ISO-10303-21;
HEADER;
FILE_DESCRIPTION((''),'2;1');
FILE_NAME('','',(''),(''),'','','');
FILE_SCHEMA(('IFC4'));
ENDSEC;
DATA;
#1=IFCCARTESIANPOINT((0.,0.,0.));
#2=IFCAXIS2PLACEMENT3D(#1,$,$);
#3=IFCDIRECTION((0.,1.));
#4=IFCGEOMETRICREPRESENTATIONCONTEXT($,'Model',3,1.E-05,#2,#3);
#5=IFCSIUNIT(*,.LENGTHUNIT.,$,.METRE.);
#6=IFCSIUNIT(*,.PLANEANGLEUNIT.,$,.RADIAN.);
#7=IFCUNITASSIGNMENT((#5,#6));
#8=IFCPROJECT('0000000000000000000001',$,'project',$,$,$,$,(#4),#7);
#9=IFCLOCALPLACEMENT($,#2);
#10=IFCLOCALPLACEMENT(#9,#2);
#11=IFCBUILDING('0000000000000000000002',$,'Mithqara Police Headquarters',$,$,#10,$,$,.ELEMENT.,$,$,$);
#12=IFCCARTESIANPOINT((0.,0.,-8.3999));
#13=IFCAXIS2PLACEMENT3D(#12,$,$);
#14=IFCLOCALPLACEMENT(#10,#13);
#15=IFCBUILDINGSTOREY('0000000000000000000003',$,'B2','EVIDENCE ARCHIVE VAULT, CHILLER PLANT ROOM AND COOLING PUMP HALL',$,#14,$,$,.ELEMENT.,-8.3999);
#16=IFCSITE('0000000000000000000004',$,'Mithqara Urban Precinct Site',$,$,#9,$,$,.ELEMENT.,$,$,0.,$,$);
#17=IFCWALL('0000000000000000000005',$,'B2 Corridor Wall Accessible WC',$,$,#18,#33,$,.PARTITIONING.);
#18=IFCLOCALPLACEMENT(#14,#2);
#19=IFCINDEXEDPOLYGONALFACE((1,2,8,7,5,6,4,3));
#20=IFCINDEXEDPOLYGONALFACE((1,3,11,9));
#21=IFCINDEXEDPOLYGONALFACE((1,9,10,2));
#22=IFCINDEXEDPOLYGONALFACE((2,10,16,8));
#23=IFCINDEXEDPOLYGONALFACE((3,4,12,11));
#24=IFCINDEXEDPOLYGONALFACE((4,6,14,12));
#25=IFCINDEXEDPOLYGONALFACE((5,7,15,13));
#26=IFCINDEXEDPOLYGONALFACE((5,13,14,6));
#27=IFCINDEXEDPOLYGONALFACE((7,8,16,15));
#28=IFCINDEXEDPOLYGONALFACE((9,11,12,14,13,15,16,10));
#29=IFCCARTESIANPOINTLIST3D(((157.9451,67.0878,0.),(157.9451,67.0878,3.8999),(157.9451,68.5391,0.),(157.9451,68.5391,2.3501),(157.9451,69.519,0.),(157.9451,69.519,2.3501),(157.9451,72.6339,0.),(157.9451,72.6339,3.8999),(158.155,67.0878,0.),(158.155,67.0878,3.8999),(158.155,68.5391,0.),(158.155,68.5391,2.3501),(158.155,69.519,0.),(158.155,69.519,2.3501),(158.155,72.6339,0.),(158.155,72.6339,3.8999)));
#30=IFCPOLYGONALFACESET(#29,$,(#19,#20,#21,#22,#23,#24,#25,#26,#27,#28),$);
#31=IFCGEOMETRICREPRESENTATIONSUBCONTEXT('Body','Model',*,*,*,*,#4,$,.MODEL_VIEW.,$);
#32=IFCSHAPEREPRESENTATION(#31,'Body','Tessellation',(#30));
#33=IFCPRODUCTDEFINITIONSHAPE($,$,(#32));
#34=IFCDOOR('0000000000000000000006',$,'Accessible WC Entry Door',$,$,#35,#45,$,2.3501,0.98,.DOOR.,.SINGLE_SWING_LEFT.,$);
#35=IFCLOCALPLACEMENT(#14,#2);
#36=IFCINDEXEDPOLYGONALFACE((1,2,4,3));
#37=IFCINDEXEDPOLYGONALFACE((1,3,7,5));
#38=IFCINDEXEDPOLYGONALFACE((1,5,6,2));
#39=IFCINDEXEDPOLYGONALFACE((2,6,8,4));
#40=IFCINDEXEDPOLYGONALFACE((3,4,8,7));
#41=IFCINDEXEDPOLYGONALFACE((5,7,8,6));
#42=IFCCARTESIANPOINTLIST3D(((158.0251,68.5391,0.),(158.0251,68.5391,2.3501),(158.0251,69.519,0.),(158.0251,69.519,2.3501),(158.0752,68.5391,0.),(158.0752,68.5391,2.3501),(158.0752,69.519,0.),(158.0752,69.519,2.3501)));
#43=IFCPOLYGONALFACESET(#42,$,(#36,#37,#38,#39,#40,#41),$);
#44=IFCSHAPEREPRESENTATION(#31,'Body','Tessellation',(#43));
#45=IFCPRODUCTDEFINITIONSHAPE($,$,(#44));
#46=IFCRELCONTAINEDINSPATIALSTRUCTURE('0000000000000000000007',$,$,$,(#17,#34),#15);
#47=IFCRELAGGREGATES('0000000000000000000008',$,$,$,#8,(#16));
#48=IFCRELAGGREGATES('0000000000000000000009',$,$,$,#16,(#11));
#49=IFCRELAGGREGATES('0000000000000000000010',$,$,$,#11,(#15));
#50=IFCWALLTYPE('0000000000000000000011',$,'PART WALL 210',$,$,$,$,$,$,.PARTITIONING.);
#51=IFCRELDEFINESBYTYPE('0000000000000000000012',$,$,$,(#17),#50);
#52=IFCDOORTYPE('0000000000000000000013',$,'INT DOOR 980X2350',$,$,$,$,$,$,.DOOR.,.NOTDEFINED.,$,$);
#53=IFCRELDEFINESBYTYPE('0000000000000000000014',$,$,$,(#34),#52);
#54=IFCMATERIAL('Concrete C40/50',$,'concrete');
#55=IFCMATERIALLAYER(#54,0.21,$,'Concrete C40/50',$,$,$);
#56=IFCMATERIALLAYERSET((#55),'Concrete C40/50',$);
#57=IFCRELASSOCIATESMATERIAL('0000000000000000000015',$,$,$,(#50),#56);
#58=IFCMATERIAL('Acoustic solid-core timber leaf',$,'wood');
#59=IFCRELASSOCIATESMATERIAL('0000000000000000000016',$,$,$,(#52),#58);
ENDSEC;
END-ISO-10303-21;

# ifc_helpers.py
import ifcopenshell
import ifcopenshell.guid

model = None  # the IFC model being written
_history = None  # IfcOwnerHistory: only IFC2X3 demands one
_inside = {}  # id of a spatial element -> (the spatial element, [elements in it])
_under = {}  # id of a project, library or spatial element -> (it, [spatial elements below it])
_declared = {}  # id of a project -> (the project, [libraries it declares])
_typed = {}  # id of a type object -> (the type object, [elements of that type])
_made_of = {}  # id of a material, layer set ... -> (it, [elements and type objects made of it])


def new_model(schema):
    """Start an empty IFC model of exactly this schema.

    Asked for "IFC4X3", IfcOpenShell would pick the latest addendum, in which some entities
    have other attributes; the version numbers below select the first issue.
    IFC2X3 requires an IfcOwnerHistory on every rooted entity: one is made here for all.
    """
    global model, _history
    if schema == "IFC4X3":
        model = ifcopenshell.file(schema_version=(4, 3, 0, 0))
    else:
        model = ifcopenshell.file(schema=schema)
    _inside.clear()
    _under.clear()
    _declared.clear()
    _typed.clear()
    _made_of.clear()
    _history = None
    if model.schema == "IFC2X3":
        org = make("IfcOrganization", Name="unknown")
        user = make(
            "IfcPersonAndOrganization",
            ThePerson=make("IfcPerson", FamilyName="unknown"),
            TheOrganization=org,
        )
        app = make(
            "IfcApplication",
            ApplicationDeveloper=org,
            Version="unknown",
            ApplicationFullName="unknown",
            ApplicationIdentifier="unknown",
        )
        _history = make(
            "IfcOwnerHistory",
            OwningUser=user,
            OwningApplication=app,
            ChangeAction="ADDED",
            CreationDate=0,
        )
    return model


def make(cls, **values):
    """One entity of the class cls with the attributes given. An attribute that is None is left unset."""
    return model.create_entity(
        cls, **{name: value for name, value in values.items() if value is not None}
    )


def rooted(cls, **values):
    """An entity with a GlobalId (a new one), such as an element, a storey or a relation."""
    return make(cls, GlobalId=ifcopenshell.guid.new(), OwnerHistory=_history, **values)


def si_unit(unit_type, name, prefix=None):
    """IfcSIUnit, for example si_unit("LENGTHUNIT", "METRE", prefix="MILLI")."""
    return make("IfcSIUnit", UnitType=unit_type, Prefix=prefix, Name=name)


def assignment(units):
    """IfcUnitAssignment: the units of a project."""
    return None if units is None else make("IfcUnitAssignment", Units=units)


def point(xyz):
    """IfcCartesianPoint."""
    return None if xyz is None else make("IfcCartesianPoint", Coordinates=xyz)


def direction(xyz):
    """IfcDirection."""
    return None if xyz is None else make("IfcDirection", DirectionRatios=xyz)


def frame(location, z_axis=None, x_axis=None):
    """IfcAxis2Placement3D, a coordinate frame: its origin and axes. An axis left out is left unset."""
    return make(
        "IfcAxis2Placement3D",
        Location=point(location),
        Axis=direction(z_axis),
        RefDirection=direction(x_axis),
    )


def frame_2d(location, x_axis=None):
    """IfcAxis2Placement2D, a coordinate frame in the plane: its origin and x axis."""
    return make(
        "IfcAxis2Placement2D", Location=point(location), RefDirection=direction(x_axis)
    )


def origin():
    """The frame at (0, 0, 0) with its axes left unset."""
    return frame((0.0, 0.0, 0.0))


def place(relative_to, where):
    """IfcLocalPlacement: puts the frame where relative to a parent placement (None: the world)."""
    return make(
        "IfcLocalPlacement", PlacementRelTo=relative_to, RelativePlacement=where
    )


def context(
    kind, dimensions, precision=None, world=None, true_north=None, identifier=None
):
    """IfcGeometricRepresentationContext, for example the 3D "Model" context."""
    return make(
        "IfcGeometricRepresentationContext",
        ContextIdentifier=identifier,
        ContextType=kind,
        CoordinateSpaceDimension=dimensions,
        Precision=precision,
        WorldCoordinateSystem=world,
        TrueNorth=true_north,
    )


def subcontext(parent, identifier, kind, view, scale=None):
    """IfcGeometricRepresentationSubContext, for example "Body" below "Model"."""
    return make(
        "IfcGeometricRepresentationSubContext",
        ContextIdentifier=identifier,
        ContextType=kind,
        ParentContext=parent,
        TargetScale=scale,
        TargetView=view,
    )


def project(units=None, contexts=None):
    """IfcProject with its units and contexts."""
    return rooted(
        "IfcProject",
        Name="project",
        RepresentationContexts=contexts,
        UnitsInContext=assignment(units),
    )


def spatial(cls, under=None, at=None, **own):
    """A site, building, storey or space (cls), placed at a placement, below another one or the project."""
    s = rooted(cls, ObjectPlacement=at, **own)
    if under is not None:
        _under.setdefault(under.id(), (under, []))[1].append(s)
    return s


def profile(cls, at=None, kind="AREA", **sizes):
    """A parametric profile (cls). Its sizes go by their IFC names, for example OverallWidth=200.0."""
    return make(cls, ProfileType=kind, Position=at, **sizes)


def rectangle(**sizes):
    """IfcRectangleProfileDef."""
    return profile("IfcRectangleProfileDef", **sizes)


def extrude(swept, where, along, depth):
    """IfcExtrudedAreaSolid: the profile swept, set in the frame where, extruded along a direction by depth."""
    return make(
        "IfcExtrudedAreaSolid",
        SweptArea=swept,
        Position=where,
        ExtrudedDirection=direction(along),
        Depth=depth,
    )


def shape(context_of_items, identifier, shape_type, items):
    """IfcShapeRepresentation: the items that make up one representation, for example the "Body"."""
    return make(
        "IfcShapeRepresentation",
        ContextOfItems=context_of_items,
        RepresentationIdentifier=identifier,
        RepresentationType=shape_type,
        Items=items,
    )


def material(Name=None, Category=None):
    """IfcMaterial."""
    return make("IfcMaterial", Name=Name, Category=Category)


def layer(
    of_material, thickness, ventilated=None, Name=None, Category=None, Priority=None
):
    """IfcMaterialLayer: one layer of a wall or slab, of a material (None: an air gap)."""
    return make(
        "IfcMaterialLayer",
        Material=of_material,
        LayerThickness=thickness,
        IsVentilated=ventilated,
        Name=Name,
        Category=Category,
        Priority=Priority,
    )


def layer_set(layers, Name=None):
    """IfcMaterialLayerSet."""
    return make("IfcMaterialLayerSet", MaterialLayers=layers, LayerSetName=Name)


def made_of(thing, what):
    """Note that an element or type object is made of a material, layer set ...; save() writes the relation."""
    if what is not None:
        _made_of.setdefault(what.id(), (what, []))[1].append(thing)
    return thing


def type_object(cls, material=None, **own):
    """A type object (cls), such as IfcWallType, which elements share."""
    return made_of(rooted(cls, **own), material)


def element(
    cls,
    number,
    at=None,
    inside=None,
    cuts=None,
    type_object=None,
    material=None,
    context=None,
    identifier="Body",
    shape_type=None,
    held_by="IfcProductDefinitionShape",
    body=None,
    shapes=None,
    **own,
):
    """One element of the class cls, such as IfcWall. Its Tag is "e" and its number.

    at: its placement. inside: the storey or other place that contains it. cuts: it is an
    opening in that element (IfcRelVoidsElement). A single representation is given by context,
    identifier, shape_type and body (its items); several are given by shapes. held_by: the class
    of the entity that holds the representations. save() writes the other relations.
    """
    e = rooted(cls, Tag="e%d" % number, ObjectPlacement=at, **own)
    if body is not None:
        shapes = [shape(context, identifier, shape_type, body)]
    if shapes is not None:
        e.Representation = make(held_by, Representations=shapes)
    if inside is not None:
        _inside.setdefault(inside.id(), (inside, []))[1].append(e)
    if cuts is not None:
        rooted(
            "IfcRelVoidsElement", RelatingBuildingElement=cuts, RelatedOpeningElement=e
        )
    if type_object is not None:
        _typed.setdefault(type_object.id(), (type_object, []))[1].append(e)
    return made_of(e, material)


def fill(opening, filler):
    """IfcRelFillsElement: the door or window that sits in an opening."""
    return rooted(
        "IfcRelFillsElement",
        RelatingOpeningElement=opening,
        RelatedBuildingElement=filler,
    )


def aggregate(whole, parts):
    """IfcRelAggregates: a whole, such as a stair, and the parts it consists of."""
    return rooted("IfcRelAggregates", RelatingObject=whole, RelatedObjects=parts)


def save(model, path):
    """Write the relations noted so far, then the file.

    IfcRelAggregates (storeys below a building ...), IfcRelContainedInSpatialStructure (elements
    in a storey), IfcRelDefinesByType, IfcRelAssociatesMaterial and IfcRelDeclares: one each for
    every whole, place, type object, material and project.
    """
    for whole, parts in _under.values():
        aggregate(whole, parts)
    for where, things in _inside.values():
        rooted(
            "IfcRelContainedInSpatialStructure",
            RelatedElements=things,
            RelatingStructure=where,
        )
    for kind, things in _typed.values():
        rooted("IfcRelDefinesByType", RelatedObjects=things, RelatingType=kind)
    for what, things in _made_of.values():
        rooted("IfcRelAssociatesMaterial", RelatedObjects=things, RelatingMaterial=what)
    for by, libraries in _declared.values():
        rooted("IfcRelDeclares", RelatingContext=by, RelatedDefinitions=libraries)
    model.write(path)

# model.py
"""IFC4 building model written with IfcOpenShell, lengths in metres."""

from ifc_helpers import new_model, si_unit, direction, frame, frame_2d, origin, place, context, subcontext, project, spatial, rectangle, extrude, material, layer, layer_set, type_object, element, fill, save


model = new_model("IFC4")

# Units and contexts
model_context = context("Model", 3, precision=1e-05, world=origin(), true_north=direction((0.0, 1.0)))
body_context = subcontext(model_context, "Body", "Model", "MODEL_VIEW")
ifc_project = project(units=[si_unit("LENGTHUNIT", "METRE"), si_unit("PLANEANGLEUNIT", "RADIAN")], contexts=[model_context])

# Site, building, storey
site_placement = place(None, origin())
site = spatial("IfcSite", under=ifc_project, at=site_placement, Name="Mithqara Urban Precinct Site", CompositionType="ELEMENT", RefElevation=0.0)
building_placement = place(site_placement, origin())
building = spatial("IfcBuilding", under=site, at=building_placement, Name="Mithqara Police Headquarters", CompositionType="ELEMENT")
storey_placement = place(building_placement, frame((0.0, 0.0, -8.3999)))
storey = spatial("IfcBuildingStorey", under=building, at=storey_placement, Name="B2", Description="EVIDENCE ARCHIVE VAULT, CHILLER PLANT ROOM AND COOLING PUMP HALL", CompositionType="ELEMENT", Elevation=-8.3999)

# Shared definitions
ifc_material_1 = material(Name="Concrete C40/50", Category="concrete")

# Shared definitions
ifc_layer = layer(ifc_material_1, 0.21, Name="Concrete C40/50")
ifc_layer_set = layer_set([ifc_layer], Name="Concrete C40/50")
wall_type = type_object("IfcWallType", Name="PART WALL 210", PredefinedType="PARTITIONING", material=ifc_layer_set)
ifc_material_2 = material(Name="Acoustic solid-core timber leaf", Category="wood")

# Wall, opening, door
wall_1_placement = place(storey_placement, frame((158.05, 67.0879, 0.0), z_axis=(0.0, 0.0, 1.0), x_axis=(0.0, 1.0, 0.0)))
wall_1 = element("IfcWall", 1, at=wall_1_placement, inside=storey, type_object=wall_type, Name="B2 Corridor Wall Accessible WC", PredefinedType="PARTITIONING", context=body_context, shape_type="SweptSolid", body=[
    extrude(rectangle(XDim=5.5461, YDim=0.21, at=frame_2d((2.7729, 0.0))), origin(), (0.0, 0.0, 1.0), 3.8999),
])
opening_1_placement = place(wall_1_placement, frame((1.4512, 0.0, 0.0)))
opening_1 = element("IfcOpeningElement", 2, at=opening_1_placement, cuts=wall_1, PredefinedType="OPENING", context=body_context, shape_type="SweptSolid", body=[
    extrude(rectangle(XDim=0.98, YDim=2.3501, at=frame_2d((0.49, 1.175))), frame((0.0, 0.115, 0.0), z_axis=(0.0, -1.0, 0.0), x_axis=(1.0, 0.0, 0.0)), (0.0, 0.0, 1.0), 0.23),
])
door_type_1 = type_object("IfcDoorType", Name="INT DOOR 980X2350", OperationType="NOTDEFINED", PredefinedType="DOOR", material=ifc_material_2)
door_1_placement = place(opening_1_placement, origin())
door_1 = element("IfcDoor", 3, at=door_1_placement, inside=storey, type_object=door_type_1, Name="Accessible WC Entry Door", OperationType="SINGLE_SWING_LEFT", OverallHeight=2.3501, OverallWidth=0.98, PredefinedType="DOOR", context=body_context, shape_type="SweptSolid", body=[
    extrude(rectangle(XDim=0.98, YDim=2.3501, at=frame_2d((0.49, 1.175))), frame((0.0, 0.0249, 0.0), z_axis=(0.0, -1.0, 0.0), x_axis=(1.0, 0.0, 0.0)), (0.0, 0.0, 1.0), 0.05),
])
fill(opening_1, door_1)

save(model, "model.ifc")
